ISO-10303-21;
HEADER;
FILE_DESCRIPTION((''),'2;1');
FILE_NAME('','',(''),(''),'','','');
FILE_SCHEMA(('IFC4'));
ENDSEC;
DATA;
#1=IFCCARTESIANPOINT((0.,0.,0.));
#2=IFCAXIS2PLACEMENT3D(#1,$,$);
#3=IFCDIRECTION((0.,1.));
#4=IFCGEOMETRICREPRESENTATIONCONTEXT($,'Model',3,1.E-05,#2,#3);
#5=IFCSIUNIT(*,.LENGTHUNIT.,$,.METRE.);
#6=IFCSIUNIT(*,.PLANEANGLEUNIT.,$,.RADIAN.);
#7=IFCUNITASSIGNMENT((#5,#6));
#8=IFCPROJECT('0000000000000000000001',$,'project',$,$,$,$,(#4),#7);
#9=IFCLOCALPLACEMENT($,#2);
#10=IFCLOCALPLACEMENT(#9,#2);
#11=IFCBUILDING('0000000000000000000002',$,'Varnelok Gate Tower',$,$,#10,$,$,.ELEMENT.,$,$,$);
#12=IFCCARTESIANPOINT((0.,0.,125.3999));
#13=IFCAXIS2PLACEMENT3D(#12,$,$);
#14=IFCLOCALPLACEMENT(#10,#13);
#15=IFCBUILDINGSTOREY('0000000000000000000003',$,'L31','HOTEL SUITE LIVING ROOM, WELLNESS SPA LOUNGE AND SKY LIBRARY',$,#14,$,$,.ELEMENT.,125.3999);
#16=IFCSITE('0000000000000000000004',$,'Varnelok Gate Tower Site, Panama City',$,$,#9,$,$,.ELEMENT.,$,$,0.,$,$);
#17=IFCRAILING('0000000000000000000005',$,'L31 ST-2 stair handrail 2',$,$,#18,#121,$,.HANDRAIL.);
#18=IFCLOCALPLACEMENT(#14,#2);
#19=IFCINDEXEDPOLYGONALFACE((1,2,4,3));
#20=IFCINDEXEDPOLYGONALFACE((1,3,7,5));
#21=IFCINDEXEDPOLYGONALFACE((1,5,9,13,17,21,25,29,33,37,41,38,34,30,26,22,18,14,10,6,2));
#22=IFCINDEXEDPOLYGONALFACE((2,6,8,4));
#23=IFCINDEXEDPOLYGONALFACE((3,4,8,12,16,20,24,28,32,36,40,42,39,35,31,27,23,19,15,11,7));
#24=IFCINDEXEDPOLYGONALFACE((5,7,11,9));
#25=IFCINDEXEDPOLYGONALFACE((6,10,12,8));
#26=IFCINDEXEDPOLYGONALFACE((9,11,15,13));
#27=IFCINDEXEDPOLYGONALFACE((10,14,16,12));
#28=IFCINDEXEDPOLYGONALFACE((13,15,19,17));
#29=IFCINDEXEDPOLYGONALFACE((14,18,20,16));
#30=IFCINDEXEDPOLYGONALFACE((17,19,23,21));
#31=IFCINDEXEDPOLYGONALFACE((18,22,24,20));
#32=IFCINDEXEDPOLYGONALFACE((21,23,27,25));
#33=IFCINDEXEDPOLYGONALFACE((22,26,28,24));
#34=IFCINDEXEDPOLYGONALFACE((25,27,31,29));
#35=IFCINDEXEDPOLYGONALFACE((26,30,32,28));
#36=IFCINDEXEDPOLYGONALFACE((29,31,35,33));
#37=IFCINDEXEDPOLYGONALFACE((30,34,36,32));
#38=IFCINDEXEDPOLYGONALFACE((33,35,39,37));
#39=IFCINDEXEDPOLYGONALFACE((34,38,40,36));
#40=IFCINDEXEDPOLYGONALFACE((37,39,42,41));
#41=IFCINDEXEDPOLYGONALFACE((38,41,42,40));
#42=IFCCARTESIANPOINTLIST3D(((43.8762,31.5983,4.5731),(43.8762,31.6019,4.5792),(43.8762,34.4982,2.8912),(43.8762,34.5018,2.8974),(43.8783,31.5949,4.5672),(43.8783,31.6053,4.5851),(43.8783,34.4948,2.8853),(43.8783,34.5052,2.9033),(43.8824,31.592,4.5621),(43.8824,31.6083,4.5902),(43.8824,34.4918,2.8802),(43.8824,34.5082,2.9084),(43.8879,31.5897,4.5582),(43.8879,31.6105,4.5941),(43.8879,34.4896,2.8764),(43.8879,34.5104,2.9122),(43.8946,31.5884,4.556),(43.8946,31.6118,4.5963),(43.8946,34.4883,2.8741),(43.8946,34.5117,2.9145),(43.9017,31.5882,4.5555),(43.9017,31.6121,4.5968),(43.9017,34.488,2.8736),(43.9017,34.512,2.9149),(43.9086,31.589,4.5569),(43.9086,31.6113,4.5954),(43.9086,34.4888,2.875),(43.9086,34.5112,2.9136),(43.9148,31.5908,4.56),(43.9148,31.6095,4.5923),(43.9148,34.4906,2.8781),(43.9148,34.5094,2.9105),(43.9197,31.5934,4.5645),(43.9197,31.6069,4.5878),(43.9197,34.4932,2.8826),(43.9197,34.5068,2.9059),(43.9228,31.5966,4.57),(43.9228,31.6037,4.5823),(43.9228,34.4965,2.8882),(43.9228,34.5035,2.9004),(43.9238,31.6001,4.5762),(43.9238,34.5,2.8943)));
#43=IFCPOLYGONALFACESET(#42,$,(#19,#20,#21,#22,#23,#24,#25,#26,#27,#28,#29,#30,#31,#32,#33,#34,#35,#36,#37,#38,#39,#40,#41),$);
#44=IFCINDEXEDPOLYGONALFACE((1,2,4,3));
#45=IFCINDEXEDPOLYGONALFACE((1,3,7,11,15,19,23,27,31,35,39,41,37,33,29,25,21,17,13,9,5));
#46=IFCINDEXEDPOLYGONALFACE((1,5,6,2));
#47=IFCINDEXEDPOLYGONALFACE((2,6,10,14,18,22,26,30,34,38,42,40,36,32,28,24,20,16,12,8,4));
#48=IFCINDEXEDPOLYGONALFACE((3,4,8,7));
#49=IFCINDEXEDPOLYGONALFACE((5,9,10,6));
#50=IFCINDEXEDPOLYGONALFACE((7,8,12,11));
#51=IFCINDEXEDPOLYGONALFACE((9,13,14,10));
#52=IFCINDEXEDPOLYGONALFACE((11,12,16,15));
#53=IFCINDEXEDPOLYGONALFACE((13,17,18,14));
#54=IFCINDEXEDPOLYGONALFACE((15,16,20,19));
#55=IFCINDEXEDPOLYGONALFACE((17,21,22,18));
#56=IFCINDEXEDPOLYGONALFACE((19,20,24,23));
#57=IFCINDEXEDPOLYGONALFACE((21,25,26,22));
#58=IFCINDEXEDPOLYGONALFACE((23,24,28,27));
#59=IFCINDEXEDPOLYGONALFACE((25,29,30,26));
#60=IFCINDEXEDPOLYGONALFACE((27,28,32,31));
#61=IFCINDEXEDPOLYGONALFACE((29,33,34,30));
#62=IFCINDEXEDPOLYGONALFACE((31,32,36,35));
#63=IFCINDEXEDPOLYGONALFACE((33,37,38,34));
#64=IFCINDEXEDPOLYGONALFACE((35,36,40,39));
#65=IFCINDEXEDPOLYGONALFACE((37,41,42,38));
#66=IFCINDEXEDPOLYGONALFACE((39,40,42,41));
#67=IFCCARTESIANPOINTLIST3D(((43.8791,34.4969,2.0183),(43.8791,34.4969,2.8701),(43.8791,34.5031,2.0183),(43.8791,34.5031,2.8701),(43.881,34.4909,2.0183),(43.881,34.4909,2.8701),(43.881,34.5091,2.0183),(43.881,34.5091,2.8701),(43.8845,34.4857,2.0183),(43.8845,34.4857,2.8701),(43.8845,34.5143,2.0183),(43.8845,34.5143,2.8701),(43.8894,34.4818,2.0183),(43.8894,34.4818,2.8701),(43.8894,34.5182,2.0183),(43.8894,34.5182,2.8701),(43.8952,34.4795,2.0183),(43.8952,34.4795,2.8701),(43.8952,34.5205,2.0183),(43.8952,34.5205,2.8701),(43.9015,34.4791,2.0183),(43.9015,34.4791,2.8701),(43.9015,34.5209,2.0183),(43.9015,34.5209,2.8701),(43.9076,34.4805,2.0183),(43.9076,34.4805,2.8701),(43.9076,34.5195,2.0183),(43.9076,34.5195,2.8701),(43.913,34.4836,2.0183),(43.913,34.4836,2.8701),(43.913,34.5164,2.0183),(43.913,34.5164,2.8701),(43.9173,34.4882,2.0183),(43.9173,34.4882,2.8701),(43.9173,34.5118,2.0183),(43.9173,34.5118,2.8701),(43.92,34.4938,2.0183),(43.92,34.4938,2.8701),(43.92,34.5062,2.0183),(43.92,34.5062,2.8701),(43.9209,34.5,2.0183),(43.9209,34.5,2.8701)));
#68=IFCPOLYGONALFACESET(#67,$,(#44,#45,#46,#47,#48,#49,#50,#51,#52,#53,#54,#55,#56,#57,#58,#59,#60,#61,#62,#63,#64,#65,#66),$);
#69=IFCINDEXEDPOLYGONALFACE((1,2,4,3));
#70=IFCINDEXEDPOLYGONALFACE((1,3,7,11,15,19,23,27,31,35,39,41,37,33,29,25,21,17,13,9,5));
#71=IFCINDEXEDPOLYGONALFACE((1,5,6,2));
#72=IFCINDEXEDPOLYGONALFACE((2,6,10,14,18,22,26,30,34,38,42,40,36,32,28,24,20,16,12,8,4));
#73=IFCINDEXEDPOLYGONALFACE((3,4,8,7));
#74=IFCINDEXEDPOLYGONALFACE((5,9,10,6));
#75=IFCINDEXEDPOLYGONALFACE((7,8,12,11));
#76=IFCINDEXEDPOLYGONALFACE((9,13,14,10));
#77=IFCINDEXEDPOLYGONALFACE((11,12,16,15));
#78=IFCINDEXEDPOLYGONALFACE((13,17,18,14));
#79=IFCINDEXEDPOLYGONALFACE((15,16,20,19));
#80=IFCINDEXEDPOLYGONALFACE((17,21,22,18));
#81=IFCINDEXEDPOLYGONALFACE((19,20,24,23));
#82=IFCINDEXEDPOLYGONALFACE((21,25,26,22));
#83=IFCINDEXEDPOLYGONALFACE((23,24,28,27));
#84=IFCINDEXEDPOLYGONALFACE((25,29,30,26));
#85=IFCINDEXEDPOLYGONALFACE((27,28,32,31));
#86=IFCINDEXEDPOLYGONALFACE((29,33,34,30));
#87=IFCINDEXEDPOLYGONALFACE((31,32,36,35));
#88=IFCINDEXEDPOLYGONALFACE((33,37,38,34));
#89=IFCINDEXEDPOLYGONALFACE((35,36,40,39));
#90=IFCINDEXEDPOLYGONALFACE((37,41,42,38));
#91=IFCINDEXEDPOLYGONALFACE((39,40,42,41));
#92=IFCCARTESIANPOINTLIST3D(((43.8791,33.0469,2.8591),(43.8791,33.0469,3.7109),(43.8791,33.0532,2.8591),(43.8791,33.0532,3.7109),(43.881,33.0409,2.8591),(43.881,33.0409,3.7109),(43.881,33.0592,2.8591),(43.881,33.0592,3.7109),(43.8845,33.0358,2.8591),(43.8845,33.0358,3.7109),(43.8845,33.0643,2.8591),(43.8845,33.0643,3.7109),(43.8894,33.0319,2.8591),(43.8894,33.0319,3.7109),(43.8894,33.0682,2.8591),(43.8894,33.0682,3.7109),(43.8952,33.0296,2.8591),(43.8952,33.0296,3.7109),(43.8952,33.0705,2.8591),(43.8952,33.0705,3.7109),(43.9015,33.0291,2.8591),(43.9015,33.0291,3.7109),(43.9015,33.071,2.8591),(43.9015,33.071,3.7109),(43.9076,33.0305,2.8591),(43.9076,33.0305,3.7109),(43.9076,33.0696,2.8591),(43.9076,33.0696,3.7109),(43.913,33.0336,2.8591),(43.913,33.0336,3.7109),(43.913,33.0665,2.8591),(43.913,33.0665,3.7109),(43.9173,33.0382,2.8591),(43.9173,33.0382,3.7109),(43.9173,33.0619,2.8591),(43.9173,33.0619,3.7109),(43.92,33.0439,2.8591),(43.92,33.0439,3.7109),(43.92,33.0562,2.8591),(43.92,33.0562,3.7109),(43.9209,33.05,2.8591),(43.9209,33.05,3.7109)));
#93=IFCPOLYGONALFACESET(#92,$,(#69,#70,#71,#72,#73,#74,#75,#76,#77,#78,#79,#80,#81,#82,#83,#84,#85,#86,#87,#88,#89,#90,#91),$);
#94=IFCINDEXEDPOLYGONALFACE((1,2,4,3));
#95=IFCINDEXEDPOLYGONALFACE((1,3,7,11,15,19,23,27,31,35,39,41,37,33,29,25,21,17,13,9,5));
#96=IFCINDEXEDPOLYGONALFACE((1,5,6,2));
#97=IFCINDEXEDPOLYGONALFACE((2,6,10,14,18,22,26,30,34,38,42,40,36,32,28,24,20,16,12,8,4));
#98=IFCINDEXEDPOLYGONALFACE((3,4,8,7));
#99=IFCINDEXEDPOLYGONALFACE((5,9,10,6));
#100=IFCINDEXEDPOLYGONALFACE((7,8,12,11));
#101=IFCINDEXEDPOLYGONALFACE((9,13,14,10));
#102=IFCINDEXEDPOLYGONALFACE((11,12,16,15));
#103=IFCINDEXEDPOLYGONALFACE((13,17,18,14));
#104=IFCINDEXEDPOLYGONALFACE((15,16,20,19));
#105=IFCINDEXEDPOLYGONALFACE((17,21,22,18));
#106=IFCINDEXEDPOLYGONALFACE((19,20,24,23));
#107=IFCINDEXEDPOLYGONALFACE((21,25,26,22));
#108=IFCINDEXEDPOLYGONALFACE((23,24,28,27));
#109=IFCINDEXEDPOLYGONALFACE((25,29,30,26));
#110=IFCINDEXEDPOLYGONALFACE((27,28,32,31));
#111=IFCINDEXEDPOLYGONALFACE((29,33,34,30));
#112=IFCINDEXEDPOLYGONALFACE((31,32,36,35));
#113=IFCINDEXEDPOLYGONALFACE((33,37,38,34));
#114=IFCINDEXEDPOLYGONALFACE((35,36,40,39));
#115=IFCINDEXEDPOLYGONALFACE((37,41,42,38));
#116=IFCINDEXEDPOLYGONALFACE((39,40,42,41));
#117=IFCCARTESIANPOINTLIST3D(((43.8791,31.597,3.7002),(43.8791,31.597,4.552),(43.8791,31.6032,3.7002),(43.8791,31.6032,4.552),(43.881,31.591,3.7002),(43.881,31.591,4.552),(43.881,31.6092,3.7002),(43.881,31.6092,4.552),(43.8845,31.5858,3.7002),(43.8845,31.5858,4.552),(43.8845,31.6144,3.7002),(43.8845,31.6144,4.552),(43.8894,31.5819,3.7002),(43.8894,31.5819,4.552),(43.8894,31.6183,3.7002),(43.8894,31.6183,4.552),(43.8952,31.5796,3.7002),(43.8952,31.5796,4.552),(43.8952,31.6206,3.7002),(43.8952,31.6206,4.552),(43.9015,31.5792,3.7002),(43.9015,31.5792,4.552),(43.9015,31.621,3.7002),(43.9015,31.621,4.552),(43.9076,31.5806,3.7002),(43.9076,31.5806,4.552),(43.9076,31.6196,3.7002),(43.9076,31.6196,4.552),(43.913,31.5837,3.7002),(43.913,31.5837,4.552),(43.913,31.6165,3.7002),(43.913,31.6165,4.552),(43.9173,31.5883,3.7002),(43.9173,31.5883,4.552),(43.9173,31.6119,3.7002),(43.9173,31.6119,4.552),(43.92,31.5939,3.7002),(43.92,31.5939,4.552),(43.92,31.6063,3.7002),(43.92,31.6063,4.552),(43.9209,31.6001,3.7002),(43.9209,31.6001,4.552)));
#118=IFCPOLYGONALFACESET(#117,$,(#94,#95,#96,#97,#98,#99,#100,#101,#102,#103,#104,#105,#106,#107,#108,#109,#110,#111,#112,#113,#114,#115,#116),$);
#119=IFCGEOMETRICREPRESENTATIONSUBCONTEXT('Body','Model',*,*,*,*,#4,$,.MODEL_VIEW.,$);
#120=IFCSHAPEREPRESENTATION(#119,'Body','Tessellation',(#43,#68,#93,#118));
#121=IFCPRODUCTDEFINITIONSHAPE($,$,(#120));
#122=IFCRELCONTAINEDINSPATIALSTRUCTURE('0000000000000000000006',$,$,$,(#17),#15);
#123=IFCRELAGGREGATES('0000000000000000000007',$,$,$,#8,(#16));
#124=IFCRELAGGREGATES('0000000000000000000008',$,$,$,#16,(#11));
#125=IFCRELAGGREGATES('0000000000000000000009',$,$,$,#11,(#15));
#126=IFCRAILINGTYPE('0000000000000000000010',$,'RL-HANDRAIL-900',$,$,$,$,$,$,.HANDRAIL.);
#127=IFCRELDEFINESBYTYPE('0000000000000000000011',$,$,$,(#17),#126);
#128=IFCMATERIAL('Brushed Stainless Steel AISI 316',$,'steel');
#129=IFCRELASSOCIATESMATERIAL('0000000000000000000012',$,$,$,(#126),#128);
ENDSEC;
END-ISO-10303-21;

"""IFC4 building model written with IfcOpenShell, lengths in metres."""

from ifc_helpers import new_model, si_unit, direction, frame, origin, origin_2d, place, context, subcontext, project, spatial, circle, extrude, material, type_object, element, save


model = new_model("IFC4")

# Units and contexts
model_context = context("Model", 3, precision=1e-05, world=origin(), true_north=direction((0.0, 1.0)))
body_context = subcontext(model_context, "Body", "Model", "MODEL_VIEW")
ifc_project = project(units=[si_unit("LENGTHUNIT", "METRE"), si_unit("PLANEANGLEUNIT", "RADIAN")], contexts=[model_context])

# Site, building, storey
site_placement = place(None, origin())
site = spatial("IfcSite", under=ifc_project, at=site_placement, Name="Varnelok Gate Tower Site, Panama City", CompositionType="ELEMENT", RefElevation=0.0)
building_placement = place(site_placement, origin())
building = spatial("IfcBuilding", under=site, at=building_placement, Name="Varnelok Gate Tower", CompositionType="ELEMENT")
storey_placement = place(building_placement, frame((0.0, 0.0, 125.3999)))
storey = spatial("IfcBuildingStorey", under=building, at=storey_placement, Name="L31", Description="HOTEL SUITE LIVING ROOM, WELLNESS SPA LOUNGE AND SKY LIBRARY", CompositionType="ELEMENT", Elevation=125.3999)

# Railing
ifc_material_1 = material(Name="Brushed Stainless Steel AISI 316", Category="steel")
railing_type_1 = type_object("IfcRailingType", Name="RL-HANDRAIL-900", PredefinedType="HANDRAIL", material=ifc_material_1)
railing_1_placement = place(storey_placement, frame((43.8999, 34.5, 2.0183)))
element("IfcRailing", 1, at=railing_1_placement, inside=storey, type_object=railing_type_1, Name="L31 ST-2 stair handrail 2", PredefinedType="HANDRAIL", context=body_context, shape_type="SweptSolid", body=[
    extrude(circle(Radius=0.0239, at=origin_2d()), frame((0.0, 0.0, 0.876), z_axis=(0.0, -0.865039, 0.501705), x_axis=(1.0, 0.0, 0.0)), (0.0, 0.0, 1.0), 3.3523),
    extrude(circle(Radius=0.021, at=origin_2d()), origin(), (0.0, 0.0, 1.0), 0.8518),
    extrude(circle(Radius=0.021, at=origin_2d()), frame((0.0, -1.45, 0.8408)), (0.0, 0.0, 1.0), 0.8518),
    extrude(circle(Radius=0.021, at=origin_2d()), frame((0.0, -2.8999, 1.6819)), (0.0, 0.0, 1.0), 0.8518),
])

save(model, "model.ifc")
